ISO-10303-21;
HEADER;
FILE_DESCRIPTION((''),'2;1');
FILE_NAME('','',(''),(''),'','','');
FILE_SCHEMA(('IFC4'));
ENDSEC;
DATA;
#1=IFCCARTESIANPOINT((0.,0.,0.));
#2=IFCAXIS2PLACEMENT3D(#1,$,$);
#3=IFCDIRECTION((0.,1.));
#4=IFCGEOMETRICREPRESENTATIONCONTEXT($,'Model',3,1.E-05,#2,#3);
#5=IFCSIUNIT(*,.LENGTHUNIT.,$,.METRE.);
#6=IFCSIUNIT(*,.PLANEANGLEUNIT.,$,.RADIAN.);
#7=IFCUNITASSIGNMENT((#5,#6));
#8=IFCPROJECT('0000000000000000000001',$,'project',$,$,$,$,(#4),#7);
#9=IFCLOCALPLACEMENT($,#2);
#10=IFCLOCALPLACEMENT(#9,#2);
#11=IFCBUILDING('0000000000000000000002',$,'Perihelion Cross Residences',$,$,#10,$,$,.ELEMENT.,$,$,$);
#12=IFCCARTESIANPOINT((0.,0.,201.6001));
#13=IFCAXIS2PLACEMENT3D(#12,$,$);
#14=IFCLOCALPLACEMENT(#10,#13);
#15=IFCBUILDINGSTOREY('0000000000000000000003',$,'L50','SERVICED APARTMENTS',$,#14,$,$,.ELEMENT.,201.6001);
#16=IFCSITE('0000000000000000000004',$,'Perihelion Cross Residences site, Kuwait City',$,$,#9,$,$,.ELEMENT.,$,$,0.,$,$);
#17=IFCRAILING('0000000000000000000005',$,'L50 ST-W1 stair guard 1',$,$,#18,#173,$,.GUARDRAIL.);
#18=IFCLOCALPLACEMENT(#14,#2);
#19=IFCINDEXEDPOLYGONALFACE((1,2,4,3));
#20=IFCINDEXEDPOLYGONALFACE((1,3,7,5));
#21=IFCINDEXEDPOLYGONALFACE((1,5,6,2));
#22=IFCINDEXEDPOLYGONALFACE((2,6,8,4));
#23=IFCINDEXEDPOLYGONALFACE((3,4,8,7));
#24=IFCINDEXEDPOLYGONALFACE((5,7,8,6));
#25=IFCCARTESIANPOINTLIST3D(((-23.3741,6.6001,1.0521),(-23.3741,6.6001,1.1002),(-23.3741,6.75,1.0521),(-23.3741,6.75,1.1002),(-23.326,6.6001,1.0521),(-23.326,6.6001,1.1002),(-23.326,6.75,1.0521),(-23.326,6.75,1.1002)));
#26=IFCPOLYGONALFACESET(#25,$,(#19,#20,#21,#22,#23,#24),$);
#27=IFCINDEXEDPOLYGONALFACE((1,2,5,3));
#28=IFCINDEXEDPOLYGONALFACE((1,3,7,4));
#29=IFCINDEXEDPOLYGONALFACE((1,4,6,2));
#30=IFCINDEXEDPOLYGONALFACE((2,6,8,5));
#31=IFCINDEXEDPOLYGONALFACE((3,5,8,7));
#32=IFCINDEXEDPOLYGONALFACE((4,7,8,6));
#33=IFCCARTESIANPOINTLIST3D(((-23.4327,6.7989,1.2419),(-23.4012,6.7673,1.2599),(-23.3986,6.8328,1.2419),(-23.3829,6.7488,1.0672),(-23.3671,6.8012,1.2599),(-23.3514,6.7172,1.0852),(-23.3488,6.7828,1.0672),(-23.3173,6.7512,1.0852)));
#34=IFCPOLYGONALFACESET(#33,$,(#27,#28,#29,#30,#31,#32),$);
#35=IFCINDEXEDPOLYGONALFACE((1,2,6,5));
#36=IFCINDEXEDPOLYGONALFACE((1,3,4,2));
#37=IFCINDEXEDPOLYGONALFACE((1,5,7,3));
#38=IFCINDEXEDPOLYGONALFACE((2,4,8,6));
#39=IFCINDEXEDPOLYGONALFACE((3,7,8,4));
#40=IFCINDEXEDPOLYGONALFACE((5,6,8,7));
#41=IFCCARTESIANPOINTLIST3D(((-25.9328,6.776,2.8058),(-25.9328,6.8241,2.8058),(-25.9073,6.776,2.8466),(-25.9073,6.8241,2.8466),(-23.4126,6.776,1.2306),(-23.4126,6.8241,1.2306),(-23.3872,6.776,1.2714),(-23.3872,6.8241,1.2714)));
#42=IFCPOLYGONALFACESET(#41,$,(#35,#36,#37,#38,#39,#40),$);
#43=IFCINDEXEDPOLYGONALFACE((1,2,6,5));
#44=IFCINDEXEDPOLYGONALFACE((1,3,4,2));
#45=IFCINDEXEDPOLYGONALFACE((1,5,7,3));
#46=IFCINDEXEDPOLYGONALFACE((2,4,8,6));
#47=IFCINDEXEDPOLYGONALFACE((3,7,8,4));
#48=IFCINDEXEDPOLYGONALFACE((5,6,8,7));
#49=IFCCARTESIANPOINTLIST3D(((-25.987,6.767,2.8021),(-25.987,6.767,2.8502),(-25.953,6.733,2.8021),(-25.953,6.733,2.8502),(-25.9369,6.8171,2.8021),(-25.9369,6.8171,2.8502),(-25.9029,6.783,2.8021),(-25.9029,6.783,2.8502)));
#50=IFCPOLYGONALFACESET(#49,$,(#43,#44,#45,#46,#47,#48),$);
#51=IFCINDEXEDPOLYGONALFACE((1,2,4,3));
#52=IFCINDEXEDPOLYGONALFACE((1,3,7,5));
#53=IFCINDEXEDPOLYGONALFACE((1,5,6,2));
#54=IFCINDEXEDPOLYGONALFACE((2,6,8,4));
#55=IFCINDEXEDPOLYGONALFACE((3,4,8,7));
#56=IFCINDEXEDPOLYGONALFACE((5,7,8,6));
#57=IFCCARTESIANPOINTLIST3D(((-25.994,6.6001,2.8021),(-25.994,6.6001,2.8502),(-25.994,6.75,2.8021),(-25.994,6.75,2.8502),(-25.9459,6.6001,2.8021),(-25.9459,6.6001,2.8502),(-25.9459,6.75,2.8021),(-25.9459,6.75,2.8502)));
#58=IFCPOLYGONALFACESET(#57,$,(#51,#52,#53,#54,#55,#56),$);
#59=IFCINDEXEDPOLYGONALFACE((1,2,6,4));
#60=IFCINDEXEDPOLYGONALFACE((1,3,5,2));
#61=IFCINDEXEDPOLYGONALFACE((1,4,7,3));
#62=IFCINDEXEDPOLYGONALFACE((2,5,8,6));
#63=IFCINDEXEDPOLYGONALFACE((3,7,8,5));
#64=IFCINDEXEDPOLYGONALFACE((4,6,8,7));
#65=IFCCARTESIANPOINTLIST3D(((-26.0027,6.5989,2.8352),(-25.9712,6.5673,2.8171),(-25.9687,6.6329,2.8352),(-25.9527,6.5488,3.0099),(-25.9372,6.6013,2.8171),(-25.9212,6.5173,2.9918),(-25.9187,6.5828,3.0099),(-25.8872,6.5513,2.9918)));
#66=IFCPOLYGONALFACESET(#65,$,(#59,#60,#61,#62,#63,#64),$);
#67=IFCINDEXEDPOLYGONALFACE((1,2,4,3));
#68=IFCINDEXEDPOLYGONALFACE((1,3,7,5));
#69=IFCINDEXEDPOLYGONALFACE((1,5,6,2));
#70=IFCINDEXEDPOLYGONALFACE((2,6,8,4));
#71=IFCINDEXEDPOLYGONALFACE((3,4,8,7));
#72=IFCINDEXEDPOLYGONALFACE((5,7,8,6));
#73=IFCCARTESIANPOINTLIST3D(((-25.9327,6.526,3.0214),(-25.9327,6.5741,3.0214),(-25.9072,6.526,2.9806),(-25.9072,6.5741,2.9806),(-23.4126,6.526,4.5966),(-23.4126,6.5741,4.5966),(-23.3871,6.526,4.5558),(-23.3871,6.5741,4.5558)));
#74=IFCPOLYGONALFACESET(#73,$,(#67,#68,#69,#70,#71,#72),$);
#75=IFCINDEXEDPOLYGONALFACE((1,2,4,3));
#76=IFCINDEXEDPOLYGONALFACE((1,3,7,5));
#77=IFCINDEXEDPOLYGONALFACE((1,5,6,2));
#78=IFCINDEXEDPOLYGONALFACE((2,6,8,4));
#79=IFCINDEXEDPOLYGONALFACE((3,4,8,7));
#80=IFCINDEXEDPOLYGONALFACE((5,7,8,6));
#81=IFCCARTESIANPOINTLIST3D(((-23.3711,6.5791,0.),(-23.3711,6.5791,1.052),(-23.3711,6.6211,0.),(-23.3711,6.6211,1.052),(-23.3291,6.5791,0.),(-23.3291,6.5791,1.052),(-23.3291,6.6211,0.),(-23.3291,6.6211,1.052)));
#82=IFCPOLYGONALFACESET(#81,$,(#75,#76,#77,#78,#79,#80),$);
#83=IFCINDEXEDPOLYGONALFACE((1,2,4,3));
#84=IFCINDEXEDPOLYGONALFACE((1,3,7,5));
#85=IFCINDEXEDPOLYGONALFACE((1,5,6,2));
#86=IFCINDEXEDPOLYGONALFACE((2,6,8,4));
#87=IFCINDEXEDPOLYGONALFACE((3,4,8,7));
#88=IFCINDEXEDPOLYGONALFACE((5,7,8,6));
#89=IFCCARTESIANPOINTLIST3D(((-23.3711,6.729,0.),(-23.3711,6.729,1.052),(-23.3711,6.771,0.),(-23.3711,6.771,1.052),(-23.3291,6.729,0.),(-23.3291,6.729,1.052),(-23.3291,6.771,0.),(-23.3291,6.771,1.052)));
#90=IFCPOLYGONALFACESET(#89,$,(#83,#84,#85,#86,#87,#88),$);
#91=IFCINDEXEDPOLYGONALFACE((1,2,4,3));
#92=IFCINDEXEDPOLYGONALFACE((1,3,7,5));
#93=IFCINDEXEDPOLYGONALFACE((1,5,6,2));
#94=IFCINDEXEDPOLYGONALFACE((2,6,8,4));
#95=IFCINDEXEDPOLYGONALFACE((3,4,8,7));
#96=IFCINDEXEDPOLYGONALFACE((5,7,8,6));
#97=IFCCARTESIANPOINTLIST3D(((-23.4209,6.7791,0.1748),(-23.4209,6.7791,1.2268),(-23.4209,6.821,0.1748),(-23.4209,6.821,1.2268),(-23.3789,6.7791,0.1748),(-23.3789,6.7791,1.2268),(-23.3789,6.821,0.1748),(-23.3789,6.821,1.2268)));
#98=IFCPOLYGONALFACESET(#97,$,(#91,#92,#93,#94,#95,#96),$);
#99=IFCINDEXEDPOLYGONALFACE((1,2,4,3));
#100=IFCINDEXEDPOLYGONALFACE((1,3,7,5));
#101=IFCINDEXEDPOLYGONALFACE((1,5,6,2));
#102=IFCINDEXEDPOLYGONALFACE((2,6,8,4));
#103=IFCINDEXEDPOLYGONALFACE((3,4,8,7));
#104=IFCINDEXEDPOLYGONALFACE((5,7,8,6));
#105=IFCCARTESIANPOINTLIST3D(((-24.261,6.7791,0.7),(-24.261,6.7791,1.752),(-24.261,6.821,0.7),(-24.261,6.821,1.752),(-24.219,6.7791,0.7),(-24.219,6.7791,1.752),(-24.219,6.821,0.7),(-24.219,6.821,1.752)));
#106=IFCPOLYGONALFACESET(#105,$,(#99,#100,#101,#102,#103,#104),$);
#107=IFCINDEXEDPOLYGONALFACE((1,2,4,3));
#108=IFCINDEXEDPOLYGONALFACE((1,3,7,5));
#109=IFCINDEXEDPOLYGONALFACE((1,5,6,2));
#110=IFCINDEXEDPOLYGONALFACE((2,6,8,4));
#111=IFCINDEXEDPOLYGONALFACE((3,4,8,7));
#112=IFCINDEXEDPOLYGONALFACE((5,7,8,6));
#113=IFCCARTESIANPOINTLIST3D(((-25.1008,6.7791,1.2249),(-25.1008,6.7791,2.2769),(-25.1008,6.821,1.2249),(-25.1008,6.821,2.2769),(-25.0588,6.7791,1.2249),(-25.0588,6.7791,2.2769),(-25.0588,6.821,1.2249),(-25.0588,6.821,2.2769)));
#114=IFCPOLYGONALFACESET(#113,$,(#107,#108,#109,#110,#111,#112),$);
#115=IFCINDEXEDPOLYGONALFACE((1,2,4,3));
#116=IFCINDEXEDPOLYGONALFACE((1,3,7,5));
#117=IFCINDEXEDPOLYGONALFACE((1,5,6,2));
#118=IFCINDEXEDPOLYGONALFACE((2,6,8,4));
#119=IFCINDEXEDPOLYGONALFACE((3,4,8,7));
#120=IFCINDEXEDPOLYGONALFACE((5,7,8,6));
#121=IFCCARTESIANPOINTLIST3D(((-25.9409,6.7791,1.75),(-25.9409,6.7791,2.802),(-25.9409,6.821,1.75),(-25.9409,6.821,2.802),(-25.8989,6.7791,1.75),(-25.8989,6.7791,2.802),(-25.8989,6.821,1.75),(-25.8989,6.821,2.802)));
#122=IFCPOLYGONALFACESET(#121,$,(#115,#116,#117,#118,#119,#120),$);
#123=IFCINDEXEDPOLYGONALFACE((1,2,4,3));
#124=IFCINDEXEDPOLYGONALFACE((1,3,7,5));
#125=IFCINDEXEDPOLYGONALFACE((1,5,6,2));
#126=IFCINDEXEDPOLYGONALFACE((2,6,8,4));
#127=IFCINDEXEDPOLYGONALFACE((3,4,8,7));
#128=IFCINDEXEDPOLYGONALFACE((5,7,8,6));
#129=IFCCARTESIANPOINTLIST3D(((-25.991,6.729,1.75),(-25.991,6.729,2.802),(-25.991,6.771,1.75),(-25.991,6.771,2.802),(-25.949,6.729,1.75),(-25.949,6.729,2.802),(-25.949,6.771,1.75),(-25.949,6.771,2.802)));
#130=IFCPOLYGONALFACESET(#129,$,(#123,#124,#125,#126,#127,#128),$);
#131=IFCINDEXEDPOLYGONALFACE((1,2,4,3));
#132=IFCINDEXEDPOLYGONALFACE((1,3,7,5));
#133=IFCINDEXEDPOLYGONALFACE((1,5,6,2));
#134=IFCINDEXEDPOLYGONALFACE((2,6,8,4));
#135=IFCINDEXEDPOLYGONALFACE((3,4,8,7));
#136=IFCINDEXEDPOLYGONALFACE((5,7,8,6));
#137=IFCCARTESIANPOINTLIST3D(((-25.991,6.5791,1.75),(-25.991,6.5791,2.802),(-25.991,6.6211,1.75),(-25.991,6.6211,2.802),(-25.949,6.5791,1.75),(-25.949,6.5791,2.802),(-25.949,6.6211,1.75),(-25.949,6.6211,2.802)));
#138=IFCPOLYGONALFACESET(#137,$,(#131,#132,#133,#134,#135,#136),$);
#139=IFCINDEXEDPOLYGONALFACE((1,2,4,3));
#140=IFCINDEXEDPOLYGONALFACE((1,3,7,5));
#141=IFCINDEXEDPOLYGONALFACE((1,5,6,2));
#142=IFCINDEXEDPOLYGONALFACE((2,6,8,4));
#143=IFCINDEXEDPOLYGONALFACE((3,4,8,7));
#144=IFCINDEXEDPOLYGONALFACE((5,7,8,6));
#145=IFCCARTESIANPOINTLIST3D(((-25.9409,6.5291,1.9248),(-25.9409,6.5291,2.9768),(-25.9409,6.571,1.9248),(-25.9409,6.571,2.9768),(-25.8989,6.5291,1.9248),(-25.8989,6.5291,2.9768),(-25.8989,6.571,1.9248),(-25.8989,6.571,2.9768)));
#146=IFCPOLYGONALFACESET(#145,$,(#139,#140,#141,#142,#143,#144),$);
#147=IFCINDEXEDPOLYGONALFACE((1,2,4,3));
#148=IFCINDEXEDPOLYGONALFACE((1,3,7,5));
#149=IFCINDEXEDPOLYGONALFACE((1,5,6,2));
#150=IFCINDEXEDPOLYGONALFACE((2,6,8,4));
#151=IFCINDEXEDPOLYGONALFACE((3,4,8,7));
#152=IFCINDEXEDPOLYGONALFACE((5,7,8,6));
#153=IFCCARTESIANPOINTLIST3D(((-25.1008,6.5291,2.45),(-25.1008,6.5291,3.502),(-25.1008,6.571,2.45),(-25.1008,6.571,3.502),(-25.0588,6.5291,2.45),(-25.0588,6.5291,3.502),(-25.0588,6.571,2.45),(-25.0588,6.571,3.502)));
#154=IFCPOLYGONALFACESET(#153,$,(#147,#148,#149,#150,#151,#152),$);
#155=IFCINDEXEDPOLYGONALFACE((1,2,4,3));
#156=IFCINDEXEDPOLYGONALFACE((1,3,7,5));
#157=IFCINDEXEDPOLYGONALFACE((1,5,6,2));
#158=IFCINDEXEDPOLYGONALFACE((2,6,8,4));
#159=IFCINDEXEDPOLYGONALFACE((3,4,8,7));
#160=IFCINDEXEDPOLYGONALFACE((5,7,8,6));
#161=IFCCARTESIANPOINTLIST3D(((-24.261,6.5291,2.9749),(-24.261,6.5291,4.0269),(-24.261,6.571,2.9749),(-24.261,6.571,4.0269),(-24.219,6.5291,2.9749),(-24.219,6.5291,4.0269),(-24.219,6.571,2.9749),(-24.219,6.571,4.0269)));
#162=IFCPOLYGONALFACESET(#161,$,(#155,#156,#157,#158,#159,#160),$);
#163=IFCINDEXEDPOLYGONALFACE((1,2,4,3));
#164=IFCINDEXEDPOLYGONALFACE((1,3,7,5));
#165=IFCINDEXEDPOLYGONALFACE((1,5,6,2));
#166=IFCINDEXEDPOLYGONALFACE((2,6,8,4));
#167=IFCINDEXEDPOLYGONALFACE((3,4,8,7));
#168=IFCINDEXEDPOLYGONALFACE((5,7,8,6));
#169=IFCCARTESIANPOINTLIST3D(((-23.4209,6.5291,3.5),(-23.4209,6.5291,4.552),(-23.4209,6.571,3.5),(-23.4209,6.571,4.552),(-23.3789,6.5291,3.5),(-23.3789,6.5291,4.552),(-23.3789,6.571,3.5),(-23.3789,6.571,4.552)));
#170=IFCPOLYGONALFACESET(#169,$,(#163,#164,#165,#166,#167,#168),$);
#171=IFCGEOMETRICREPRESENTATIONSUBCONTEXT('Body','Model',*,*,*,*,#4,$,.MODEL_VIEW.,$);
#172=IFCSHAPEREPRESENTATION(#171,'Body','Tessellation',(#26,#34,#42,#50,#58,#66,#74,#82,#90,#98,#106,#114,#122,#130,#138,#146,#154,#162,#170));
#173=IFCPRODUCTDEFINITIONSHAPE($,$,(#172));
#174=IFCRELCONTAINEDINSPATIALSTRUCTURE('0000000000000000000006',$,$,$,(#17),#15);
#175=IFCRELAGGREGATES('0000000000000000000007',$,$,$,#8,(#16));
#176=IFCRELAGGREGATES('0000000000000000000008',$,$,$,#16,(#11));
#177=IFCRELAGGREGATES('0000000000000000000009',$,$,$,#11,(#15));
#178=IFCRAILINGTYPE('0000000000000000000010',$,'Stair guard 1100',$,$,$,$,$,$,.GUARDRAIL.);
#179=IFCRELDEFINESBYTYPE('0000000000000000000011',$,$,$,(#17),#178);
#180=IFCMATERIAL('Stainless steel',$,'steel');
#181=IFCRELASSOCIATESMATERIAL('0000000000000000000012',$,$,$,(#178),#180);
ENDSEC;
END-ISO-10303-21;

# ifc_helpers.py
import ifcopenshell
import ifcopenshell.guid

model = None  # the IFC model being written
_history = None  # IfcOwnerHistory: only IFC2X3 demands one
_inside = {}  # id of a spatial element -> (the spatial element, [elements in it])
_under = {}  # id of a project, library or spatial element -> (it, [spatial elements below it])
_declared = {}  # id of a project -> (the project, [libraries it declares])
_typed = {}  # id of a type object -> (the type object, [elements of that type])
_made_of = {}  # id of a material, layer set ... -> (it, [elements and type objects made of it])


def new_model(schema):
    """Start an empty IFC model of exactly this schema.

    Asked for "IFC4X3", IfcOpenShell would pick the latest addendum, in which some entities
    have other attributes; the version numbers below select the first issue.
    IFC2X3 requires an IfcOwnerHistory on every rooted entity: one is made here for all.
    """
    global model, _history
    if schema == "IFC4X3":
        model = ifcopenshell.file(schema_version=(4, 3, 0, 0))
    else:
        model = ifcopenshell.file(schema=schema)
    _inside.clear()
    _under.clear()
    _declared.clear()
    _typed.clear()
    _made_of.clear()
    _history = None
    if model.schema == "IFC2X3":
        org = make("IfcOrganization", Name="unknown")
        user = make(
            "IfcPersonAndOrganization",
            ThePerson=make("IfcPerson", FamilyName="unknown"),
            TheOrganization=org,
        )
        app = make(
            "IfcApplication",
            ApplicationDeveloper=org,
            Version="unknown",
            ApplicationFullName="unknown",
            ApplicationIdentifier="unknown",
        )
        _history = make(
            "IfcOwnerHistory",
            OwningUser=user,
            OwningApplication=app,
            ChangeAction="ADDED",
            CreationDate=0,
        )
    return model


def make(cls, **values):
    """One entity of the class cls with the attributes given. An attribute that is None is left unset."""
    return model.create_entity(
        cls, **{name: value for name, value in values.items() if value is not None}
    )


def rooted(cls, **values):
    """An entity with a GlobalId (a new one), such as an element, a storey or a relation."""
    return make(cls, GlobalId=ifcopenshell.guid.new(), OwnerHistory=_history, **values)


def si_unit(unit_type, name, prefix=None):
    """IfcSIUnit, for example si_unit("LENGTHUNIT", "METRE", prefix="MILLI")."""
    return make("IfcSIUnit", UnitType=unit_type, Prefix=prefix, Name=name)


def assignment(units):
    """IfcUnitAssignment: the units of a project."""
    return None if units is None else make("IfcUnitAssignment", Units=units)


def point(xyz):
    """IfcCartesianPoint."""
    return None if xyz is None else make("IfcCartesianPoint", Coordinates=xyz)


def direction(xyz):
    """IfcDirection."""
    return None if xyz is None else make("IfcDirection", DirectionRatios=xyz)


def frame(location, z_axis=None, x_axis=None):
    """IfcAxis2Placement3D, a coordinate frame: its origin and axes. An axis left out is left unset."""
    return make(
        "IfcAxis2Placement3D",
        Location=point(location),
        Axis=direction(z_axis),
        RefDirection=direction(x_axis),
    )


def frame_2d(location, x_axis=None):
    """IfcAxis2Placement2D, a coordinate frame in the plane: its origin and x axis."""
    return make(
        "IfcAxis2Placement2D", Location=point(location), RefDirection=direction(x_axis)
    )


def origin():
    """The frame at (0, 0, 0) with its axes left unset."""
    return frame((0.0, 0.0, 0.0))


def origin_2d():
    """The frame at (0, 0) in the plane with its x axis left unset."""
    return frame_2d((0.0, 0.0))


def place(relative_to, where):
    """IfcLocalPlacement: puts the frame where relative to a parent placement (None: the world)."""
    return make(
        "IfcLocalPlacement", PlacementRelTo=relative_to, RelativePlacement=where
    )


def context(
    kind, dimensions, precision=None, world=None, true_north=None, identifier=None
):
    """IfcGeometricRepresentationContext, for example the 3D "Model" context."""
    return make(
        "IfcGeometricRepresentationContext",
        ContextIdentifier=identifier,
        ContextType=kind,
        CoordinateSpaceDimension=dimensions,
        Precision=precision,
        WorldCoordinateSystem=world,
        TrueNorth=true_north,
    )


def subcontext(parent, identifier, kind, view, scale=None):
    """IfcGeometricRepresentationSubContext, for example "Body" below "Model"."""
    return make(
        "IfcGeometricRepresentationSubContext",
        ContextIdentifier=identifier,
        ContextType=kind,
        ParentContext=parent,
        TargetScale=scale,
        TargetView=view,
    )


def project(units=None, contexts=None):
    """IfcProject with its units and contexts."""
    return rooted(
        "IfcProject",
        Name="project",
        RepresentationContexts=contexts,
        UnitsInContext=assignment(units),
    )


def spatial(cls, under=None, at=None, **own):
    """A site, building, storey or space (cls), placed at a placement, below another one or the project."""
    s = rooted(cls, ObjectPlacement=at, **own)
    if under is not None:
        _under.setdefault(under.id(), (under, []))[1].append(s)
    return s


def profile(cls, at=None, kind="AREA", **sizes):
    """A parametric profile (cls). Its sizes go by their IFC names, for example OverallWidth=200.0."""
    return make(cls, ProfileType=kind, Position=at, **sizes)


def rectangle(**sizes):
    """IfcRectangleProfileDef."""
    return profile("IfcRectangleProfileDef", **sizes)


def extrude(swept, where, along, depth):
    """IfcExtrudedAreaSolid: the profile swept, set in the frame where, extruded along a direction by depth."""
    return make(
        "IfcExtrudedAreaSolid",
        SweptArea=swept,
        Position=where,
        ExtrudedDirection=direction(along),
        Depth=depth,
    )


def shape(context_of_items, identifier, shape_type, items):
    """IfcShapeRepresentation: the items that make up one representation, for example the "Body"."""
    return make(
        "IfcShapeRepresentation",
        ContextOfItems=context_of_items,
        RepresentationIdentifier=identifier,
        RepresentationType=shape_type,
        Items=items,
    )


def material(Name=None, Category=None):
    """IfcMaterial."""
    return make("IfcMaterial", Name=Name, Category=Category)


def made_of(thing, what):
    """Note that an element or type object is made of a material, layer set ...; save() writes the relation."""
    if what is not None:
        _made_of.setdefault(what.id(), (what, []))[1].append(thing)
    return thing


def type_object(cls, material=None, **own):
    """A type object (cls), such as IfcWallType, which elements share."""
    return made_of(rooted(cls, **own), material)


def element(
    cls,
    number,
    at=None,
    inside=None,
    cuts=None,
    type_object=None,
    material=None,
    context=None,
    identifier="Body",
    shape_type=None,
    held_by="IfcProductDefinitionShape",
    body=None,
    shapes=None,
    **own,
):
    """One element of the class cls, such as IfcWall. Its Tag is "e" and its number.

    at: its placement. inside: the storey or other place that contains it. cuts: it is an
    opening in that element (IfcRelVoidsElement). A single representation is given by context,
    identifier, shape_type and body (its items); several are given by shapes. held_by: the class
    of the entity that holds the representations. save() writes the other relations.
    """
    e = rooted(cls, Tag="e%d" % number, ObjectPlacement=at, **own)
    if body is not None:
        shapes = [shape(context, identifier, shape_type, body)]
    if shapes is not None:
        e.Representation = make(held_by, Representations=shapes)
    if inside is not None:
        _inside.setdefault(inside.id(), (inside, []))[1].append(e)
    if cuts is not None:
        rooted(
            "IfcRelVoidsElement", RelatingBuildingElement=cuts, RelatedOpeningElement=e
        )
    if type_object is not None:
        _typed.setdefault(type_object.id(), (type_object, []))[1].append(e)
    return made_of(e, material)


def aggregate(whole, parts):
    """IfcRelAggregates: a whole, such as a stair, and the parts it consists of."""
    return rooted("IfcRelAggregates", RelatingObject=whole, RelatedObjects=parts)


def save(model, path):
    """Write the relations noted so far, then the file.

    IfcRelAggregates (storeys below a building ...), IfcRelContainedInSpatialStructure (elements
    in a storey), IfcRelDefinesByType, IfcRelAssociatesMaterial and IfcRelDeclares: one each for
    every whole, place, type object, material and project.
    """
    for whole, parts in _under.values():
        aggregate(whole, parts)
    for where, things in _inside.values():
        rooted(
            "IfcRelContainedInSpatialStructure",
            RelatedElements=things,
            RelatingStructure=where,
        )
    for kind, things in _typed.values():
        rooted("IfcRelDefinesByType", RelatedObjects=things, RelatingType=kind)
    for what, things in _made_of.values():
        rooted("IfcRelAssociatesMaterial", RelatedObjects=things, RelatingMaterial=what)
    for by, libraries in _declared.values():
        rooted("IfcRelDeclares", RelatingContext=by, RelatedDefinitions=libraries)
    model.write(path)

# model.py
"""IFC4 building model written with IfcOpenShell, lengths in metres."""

from ifc_helpers import new_model, si_unit, direction, frame, origin, origin_2d, place, context, subcontext, project, spatial, rectangle, extrude, material, type_object, element, save


model = new_model("IFC4")

# Units and contexts
model_context = context("Model", 3, precision=1e-05, world=origin(), true_north=direction((0.0, 1.0)))
body_context = subcontext(model_context, "Body", "Model", "MODEL_VIEW")
ifc_project = project(units=[si_unit("LENGTHUNIT", "METRE"), si_unit("PLANEANGLEUNIT", "RADIAN")], contexts=[model_context])

# Site, building, storey
site_placement = place(None, origin())
site = spatial("IfcSite", under=ifc_project, at=site_placement, Name="Perihelion Cross Residences site, Kuwait City", CompositionType="ELEMENT", RefElevation=0.0)
building_placement = place(site_placement, origin())
building = spatial("IfcBuilding", under=site, at=building_placement, Name="Perihelion Cross Residences", CompositionType="ELEMENT")
storey_placement = place(building_placement, frame((0.0, 0.0, 201.6001)))
storey = spatial("IfcBuildingStorey", under=building, at=storey_placement, Name="L50", Description="SERVICED APARTMENTS", CompositionType="ELEMENT", Elevation=201.6001)

# Railing
ifc_material_1 = material(Name="Stainless steel", Category="steel")
railing_type_1 = type_object("IfcRailingType", Name="Stair guard 1100", PredefinedType="GUARDRAIL", material=ifc_material_1)
railing_1_placement = place(storey_placement, frame((-23.3501, 6.6001, 0.0)))
element("IfcRailing", 1, at=railing_1_placement, inside=storey, type_object=railing_type_1, Name="L50 ST-W1 stair guard 1", PredefinedType="GUARDRAIL", context=body_context, shape_type="SweptSolid", body=[
    extrude(rectangle(XDim=0.0481, YDim=0.0481, at=origin_2d()), frame((0.0, 0.0, 1.0762), z_axis=(0.0, 1.0, 0.0), x_axis=(-1.0, 0.0, 0.0)), (0.0, 0.0, 1.0), 0.1499),
    extrude(rectangle(XDim=0.0481, YDim=0.0481, at=origin_2d()), frame((0.0, 0.1499, 1.0762), z_axis=(-0.264179, 0.265474, 0.927218), x_axis=(-0.708834, -0.705376, 0.0)), (0.0, 0.0, 1.0), 0.1885),
    extrude(rectangle(XDim=0.0481, YDim=0.0481, at=origin_2d()), frame((-0.0498, 0.2, 1.251), z_axis=(-0.847971, 0.0, 0.530043), x_axis=(0.0, -1.0, 0.0)), (0.0, 0.0, 1.0), 2.9719),
    extrude(rectangle(XDim=0.0481, YDim=0.0481, at=origin_2d()), frame((-2.5698, 0.2, 2.8262), z_axis=(-0.707107, -0.707107, 0.0), x_axis=(0.707107, -0.707107, 0.0)), (0.0, 0.0, 1.0), 0.0708),
    extrude(rectangle(XDim=0.0481, YDim=0.0481, at=origin_2d()), frame((-2.6199, 0.1499, 2.8262), z_axis=(0.0, -1.0, 0.0), x_axis=(1.0, 0.0, 0.0)), (0.0, 0.0, 1.0), 0.1499),
    extrude(rectangle(XDim=0.0481, YDim=0.0481, at=origin_2d()), frame((-2.6199, 0.0, 2.8262), z_axis=(0.265383, -0.265383, 0.9269), x_axis=(0.707107, 0.707107, 0.0)), (0.0, 0.0, 1.0), 0.1885),
    extrude(rectangle(XDim=0.0481, YDim=0.0481, at=origin_2d()), frame((-2.5698, -0.05, 3.001), z_axis=(0.847971, 0.0, 0.530043), x_axis=(0.0, 1.0, 0.0)), (0.0, 0.0, 1.0), 2.9719),
    extrude(rectangle(XDim=0.042, YDim=0.042, at=origin_2d()), origin(), (0.0, 0.0, 1.0), 1.052),
    extrude(rectangle(XDim=0.042, YDim=0.042, at=origin_2d()), frame((0.0, 0.1499, 0.0)), (0.0, 0.0, 1.0), 1.052),
    extrude(rectangle(XDim=0.042, YDim=0.042, at=origin_2d()), frame((-0.0498, 0.2, 0.1748)), (0.0, 0.0, 1.0), 1.052),
    extrude(rectangle(XDim=0.042, YDim=0.042, at=origin_2d()), frame((-0.8899, 0.2, 0.7)), (0.0, 0.0, 1.0), 1.052),
    extrude(rectangle(XDim=0.042, YDim=0.042, at=origin_2d()), frame((-1.7297, 0.2, 1.2249)), (0.0, 0.0, 1.0), 1.052),
    extrude(rectangle(XDim=0.042, YDim=0.042, at=origin_2d()), frame((-2.5698, 0.2, 1.75)), (0.0, 0.0, 1.0), 1.052),
    extrude(rectangle(XDim=0.042, YDim=0.042, at=origin_2d()), frame((-2.6199, 0.1499, 1.75)), (0.0, 0.0, 1.0), 1.052),
    extrude(rectangle(XDim=0.042, YDim=0.042, at=origin_2d()), frame((-2.6199, 0.0, 1.75)), (0.0, 0.0, 1.0), 1.052),
    extrude(rectangle(XDim=0.042, YDim=0.042, at=origin_2d()), frame((-2.5698, -0.05, 1.9248)), (0.0, 0.0, 1.0), 1.052),
    extrude(rectangle(XDim=0.042, YDim=0.042, at=origin_2d()), frame((-1.7297, -0.05, 2.45)), (0.0, 0.0, 1.0), 1.052),
    extrude(rectangle(XDim=0.042, YDim=0.042, at=origin_2d()), frame((-0.8899, -0.05, 2.9749)), (0.0, 0.0, 1.0), 1.052),
    extrude(rectangle(XDim=0.042, YDim=0.042, at=origin_2d()), frame((-0.0498, -0.05, 3.5)), (0.0, 0.0, 1.0), 1.052),
])

save(model, "model.ifc")
